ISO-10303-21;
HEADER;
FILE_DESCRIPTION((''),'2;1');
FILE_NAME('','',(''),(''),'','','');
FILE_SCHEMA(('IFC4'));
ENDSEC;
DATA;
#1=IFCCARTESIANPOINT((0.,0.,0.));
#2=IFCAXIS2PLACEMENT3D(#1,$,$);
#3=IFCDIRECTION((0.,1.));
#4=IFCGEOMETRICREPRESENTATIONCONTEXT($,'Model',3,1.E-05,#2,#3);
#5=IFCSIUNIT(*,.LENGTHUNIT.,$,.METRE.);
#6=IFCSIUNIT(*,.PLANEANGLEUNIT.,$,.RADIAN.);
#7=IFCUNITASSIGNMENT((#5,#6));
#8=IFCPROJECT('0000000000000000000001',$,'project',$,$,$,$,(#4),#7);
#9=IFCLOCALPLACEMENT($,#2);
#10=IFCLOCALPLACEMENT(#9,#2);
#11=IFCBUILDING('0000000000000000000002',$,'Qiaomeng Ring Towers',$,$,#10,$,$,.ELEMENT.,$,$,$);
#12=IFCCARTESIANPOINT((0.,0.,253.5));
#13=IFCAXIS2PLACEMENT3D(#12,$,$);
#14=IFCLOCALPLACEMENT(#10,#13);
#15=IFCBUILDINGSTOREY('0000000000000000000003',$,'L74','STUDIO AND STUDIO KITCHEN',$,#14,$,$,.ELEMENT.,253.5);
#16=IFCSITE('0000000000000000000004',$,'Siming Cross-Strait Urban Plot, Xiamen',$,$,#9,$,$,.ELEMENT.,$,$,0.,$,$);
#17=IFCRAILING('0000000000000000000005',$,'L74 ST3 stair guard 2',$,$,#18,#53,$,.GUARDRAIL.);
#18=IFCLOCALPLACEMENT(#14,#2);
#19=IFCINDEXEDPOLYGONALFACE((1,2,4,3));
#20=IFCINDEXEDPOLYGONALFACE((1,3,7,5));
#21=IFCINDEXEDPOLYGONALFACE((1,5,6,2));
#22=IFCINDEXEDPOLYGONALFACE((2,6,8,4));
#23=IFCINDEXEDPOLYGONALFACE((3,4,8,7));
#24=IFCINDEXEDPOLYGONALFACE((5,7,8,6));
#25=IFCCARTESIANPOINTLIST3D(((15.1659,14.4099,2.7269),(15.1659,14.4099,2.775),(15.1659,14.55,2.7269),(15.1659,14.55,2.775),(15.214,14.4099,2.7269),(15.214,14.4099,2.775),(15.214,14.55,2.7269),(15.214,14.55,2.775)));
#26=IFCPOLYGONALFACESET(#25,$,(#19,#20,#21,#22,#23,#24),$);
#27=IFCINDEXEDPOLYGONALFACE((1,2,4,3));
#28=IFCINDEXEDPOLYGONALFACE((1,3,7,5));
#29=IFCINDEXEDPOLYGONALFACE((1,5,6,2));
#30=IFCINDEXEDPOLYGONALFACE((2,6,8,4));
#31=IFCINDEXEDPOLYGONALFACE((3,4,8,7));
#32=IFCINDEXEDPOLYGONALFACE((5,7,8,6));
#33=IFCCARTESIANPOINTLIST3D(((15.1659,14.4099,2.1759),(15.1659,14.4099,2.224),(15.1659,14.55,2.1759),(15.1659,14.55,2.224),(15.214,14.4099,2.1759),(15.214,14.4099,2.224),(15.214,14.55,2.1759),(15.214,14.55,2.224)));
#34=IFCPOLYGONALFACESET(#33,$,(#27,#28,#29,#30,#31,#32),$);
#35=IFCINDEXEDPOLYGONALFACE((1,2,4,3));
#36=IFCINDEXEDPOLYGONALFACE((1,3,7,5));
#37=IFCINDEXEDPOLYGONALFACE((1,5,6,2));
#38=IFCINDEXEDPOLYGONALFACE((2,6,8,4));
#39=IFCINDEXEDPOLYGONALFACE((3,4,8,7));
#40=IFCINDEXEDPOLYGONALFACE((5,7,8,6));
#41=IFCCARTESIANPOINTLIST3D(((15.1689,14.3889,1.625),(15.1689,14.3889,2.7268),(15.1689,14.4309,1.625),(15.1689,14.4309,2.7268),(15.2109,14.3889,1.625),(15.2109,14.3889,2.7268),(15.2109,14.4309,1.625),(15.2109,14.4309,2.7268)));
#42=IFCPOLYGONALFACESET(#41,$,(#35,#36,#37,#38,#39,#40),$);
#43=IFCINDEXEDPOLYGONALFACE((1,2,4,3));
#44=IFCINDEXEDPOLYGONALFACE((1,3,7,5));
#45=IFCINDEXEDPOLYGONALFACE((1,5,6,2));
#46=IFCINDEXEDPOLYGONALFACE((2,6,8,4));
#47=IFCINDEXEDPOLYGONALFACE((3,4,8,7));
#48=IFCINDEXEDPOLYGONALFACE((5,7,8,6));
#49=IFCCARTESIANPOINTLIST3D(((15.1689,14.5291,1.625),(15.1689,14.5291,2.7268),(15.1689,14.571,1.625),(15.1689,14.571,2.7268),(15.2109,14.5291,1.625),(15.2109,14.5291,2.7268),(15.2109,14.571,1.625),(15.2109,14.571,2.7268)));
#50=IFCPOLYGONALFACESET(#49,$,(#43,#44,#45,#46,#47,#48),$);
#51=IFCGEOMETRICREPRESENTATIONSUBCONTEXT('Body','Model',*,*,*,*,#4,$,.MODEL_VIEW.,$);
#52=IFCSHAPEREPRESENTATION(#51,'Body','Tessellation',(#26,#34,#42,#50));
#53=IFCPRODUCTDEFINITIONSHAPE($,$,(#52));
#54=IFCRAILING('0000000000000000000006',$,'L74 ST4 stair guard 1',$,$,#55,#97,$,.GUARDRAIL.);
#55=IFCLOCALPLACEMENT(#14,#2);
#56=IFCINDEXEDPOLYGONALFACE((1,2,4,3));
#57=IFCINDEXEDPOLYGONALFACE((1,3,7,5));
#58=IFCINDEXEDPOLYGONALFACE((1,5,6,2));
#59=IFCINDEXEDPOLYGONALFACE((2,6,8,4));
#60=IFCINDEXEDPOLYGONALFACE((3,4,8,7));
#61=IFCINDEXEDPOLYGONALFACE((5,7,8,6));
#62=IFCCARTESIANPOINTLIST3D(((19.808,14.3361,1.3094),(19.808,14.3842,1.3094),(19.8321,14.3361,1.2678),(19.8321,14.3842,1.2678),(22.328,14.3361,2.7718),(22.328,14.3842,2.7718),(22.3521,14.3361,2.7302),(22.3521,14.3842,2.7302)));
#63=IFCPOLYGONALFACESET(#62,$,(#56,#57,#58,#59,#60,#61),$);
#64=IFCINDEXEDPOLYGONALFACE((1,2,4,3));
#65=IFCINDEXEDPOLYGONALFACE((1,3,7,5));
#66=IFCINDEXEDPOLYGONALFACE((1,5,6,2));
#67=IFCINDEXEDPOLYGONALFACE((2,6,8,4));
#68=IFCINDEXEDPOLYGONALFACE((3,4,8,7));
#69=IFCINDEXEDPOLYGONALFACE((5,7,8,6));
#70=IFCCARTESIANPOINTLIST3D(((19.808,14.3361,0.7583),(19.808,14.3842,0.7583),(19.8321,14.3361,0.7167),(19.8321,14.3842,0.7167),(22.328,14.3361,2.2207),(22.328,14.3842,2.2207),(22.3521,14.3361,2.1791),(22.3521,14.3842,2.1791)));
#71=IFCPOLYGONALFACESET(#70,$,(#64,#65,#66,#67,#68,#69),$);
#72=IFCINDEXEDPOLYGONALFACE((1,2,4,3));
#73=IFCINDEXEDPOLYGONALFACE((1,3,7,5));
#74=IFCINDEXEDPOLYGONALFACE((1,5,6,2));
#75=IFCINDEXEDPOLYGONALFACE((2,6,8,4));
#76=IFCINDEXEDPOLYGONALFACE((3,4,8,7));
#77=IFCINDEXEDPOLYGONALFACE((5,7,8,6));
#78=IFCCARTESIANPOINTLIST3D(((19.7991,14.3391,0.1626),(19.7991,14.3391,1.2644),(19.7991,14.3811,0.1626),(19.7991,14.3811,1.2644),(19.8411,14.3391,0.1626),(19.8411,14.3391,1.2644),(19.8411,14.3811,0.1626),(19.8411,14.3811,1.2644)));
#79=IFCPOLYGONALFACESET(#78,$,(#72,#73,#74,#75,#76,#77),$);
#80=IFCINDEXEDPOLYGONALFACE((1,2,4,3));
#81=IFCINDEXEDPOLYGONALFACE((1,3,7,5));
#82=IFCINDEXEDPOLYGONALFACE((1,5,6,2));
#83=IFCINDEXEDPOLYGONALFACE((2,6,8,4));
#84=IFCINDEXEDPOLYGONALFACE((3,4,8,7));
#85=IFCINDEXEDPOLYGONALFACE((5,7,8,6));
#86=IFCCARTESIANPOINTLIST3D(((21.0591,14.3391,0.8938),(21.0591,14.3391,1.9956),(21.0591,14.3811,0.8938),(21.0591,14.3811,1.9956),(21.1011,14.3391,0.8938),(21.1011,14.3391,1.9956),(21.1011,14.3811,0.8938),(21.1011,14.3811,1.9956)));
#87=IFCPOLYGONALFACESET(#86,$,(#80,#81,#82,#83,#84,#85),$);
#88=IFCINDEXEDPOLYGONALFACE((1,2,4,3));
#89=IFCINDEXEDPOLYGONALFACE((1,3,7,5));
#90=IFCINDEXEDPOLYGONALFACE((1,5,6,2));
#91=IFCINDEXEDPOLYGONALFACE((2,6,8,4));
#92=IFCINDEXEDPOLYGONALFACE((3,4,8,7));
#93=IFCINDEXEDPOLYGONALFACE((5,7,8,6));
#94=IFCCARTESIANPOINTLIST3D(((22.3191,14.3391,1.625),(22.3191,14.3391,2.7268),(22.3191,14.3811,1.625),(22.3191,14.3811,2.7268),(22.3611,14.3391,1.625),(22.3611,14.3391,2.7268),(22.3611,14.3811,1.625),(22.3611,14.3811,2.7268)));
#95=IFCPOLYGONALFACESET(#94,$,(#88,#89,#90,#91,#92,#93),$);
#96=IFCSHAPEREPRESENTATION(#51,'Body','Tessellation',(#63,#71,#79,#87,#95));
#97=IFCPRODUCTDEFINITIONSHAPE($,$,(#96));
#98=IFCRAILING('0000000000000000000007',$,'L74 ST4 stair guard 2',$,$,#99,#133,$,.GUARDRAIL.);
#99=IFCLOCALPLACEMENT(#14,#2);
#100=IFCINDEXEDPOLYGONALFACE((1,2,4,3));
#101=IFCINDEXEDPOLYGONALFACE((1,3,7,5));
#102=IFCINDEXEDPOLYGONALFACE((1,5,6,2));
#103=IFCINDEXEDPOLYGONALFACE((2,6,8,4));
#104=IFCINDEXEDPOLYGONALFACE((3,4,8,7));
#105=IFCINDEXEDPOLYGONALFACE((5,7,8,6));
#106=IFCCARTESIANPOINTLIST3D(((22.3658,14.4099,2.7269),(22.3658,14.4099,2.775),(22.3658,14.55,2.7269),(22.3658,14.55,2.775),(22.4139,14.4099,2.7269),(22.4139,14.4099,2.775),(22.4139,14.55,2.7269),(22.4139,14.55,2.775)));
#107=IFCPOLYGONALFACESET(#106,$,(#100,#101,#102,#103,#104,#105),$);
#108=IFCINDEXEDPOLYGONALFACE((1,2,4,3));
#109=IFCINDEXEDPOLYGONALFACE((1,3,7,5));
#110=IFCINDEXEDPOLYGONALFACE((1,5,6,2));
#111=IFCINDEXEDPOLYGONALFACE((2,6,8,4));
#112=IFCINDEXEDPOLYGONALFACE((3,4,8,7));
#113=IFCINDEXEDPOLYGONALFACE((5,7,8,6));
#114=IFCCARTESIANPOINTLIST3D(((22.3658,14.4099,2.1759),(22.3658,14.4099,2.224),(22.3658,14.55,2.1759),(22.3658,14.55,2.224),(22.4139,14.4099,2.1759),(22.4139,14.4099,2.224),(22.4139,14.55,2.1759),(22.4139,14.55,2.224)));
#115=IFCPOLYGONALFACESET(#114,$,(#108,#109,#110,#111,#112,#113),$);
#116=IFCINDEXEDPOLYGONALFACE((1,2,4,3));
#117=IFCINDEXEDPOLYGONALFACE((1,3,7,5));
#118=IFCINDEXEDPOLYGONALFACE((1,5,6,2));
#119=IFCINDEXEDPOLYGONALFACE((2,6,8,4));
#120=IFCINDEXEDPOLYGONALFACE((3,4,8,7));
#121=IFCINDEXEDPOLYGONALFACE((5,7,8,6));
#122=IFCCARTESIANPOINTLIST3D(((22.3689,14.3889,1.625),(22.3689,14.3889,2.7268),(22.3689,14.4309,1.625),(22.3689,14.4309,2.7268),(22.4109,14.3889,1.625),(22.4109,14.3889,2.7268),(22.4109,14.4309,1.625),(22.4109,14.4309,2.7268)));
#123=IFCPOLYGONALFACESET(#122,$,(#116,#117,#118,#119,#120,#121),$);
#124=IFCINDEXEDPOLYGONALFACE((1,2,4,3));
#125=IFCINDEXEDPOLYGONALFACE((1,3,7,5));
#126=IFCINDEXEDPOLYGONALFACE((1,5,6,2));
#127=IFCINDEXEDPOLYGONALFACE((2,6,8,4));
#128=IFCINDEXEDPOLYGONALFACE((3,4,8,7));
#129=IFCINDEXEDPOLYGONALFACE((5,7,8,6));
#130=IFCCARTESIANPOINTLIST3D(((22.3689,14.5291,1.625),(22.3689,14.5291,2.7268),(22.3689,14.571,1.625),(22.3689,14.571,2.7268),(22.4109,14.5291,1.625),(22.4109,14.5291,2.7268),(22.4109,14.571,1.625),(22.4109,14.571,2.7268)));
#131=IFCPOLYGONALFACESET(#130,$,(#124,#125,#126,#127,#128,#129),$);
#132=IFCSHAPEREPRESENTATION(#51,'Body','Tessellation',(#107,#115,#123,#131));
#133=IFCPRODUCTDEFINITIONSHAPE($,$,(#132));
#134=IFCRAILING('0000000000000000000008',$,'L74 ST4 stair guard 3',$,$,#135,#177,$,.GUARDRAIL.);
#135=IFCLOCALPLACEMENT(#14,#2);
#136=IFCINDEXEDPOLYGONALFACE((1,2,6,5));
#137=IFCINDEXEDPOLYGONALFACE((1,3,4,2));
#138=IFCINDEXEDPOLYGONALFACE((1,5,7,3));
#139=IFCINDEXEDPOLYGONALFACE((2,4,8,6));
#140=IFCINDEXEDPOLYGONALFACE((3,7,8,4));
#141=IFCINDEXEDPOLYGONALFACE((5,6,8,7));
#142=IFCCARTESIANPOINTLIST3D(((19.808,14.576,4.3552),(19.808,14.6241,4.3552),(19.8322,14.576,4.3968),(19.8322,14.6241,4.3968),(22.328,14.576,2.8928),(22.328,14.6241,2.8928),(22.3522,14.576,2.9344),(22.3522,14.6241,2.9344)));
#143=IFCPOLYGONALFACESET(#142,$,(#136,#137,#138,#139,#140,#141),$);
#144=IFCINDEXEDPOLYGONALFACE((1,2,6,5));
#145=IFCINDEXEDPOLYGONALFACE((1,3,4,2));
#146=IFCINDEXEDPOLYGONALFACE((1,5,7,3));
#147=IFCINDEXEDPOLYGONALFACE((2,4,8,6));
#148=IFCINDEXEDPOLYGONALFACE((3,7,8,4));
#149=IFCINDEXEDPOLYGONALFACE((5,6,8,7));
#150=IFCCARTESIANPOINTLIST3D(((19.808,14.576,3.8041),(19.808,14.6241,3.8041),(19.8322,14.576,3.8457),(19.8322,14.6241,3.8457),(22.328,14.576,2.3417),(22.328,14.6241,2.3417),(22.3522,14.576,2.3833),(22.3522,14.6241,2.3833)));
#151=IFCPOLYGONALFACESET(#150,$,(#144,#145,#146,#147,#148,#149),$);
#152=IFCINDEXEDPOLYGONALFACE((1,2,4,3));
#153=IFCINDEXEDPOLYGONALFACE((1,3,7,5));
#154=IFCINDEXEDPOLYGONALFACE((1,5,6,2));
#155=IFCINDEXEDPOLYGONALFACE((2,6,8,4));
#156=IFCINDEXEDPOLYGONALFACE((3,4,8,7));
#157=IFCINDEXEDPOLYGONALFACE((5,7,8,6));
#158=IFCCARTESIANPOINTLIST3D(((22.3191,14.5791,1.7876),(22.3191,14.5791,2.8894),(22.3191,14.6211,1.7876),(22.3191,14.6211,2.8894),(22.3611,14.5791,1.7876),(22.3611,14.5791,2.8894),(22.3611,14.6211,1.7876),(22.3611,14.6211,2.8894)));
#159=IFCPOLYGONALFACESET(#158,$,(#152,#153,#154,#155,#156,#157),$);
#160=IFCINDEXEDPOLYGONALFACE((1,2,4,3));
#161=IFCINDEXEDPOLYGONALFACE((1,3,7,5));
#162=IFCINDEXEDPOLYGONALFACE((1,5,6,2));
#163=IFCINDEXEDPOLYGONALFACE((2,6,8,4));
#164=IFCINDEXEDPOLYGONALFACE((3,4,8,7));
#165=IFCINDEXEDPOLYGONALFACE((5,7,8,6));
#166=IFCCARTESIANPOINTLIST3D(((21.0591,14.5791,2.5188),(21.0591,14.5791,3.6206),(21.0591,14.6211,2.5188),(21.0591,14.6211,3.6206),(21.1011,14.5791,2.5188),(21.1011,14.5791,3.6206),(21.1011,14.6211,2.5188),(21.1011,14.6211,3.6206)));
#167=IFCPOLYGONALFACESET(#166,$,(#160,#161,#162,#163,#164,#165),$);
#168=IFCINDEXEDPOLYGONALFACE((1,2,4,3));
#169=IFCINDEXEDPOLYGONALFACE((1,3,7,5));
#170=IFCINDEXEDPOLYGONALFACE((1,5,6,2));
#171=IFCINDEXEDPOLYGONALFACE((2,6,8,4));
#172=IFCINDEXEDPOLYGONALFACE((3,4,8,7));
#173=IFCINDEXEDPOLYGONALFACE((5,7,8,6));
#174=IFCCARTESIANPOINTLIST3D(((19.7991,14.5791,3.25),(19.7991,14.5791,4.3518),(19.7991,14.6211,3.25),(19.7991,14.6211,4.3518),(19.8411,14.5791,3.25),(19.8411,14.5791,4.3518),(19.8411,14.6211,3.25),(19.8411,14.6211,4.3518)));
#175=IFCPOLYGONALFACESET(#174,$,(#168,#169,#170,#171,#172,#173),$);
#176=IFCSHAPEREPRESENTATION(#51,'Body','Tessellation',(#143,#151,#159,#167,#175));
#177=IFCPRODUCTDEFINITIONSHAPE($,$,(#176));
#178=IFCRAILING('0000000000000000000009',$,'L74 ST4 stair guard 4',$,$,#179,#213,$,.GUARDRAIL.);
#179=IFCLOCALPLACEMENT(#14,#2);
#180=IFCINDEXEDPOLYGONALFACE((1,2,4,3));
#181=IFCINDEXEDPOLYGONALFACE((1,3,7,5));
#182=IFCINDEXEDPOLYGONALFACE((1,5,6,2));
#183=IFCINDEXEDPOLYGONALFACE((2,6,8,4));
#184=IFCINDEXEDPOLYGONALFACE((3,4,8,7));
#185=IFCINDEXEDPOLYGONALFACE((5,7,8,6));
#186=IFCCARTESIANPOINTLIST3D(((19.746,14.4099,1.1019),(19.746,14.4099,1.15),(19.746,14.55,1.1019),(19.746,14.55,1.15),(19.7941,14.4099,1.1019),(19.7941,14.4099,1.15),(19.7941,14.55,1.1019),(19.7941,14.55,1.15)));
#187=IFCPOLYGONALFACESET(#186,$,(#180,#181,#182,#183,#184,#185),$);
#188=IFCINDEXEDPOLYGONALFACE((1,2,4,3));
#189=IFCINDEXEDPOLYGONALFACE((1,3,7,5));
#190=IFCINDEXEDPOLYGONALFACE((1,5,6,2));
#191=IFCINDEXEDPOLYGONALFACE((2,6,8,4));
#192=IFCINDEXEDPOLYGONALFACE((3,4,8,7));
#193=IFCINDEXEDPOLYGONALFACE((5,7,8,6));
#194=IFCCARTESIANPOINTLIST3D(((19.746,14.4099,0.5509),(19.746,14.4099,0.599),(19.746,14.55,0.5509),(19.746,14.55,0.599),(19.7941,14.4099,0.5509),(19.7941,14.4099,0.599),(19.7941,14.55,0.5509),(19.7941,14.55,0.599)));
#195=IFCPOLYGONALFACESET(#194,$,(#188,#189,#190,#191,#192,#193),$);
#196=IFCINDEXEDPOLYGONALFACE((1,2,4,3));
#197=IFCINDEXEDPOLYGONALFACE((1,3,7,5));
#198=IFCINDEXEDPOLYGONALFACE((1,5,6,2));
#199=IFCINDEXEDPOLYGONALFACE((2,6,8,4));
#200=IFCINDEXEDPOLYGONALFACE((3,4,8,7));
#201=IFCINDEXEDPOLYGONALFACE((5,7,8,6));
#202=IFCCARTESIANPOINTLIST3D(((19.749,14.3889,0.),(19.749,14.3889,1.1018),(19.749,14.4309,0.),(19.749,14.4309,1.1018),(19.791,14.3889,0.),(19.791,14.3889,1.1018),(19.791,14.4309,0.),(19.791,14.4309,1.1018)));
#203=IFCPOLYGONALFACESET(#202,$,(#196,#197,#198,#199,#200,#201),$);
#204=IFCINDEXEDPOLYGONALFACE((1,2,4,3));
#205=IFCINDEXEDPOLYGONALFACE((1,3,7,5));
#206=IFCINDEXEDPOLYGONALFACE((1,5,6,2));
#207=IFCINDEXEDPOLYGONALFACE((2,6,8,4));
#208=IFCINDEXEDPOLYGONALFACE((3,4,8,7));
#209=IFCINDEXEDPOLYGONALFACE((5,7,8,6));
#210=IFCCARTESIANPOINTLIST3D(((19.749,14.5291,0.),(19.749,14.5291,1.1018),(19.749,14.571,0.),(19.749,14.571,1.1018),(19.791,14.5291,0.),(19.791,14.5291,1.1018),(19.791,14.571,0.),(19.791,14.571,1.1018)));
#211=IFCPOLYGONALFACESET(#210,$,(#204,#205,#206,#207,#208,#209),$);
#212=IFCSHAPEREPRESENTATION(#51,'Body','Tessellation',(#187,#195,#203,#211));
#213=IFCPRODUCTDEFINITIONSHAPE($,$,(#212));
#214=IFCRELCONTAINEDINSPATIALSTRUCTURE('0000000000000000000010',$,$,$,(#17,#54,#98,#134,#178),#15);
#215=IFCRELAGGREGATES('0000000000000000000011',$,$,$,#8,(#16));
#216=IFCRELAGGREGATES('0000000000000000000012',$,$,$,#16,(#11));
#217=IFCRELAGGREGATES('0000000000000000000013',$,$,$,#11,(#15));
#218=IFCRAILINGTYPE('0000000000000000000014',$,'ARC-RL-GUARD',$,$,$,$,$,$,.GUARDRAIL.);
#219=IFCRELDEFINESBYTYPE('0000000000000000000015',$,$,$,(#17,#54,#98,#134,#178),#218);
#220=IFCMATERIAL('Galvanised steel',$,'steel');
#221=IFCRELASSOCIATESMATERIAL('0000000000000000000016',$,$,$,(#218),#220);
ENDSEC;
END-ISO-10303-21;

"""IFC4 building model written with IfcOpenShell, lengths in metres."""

from ifc_helpers import new_model, si_unit, direction, frame, origin, origin_2d, place, context, subcontext, project, spatial, rectangle, extrude, material, type_object, element, save


model = new_model("IFC4")

# Units and contexts
model_context = context("Model", 3, precision=1e-05, world=origin(), true_north=direction((0.0, 1.0)))
body_context = subcontext(model_context, "Body", "Model", "MODEL_VIEW")
ifc_project = project(units=[si_unit("LENGTHUNIT", "METRE"), si_unit("PLANEANGLEUNIT", "RADIAN")], contexts=[model_context])

# Site, building, storey
site_placement = place(None, origin())
site = spatial("IfcSite", under=ifc_project, at=site_placement, Name="Siming Cross-Strait Urban Plot, Xiamen", CompositionType="ELEMENT", RefElevation=0.0)
building_placement = place(site_placement, origin())
building = spatial("IfcBuilding", under=site, at=building_placement, Name="Qiaomeng Ring Towers", CompositionType="ELEMENT")
storey_placement = place(building_placement, frame((0.0, 0.0, 253.5)))
storey = spatial("IfcBuildingStorey", under=building, at=storey_placement, Name="L74", Description="STUDIO AND STUDIO KITCHEN", CompositionType="ELEMENT", Elevation=253.5)

# Shared definitions
ifc_material_1 = material(Name="Galvanised steel", Category="steel")

# Railings
railing_type_1 = type_object("IfcRailingType", Name="ARC-RL-GUARD", PredefinedType="GUARDRAIL", material=ifc_material_1)
railing_1_placement = place(storey_placement, frame((15.1899, 14.4099, 1.625)))
element("IfcRailing", 1, at=railing_1_placement, inside=storey, type_object=railing_type_1, Name="L74 ST3 stair guard 2", PredefinedType="GUARDRAIL", context=body_context, shape_type="SweptSolid", body=[
    extrude(rectangle(XDim=0.0481, YDim=0.0481, at=origin_2d()), frame((0.0, 0.0, 1.126), z_axis=(0.0, 1.0, 0.0), x_axis=(-1.0, 0.0, 0.0)), (0.0, 0.0, 1.0), 0.1401),
    extrude(rectangle(XDim=0.0481, YDim=0.0481, at=origin_2d()), frame((0.0, 0.0, 0.575), z_axis=(0.0, 1.0, 0.0), x_axis=(-1.0, 0.0, 0.0)), (0.0, 0.0, 1.0), 0.1401),
    extrude(rectangle(XDim=0.042, YDim=0.042, at=origin_2d()), origin(), (0.0, 0.0, 1.0), 1.1018),
    extrude(rectangle(XDim=0.042, YDim=0.042, at=origin_2d()), frame((0.0, 0.1401, 0.0)), (0.0, 0.0, 1.0), 1.1018),
])
railing_2_placement = place(storey_placement, frame((19.8201, 14.3601, 0.1626)))
element("IfcRailing", 2, at=railing_2_placement, inside=storey, type_object=railing_type_1, Name="L74 ST4 stair guard 1", PredefinedType="GUARDRAIL", context=body_context, shape_type="SweptSolid", body=[
    extrude(rectangle(XDim=0.0481, YDim=0.0481, at=origin_2d()), frame((0.0, 0.0, 1.126), z_axis=(0.864913, 0.0, 0.501921), x_axis=(0.0, 1.0, 0.0)), (0.0, 0.0, 1.0), 2.9136),
    extrude(rectangle(XDim=0.0481, YDim=0.0481, at=origin_2d()), frame((0.0, 0.0, 0.575), z_axis=(0.864913, 0.0, 0.501921), x_axis=(0.0, 1.0, 0.0)), (0.0, 0.0, 1.0), 2.9136),
    extrude(rectangle(XDim=0.042, YDim=0.042, at=origin_2d()), origin(), (0.0, 0.0, 1.0), 1.1018),
    extrude(rectangle(XDim=0.042, YDim=0.042, at=origin_2d()), frame((1.26, 0.0, 0.7312)), (0.0, 0.0, 1.0), 1.1018),
    extrude(rectangle(XDim=0.042, YDim=0.042, at=origin_2d()), frame((2.52, 0.0, 1.4624)), (0.0, 0.0, 1.0), 1.1018),
])
railing_3_placement = place(storey_placement, frame((22.3899, 14.4099, 1.625)))
element("IfcRailing", 3, at=railing_3_placement, inside=storey, type_object=railing_type_1, Name="L74 ST4 stair guard 2", PredefinedType="GUARDRAIL", context=body_context, shape_type="SweptSolid", body=[
    extrude(rectangle(XDim=0.0481, YDim=0.0481, at=origin_2d()), frame((0.0, 0.0, 1.126), z_axis=(0.0, 1.0, 0.0), x_axis=(-1.0, 0.0, 0.0)), (0.0, 0.0, 1.0), 0.1401),
    extrude(rectangle(XDim=0.0481, YDim=0.0481, at=origin_2d()), frame((0.0, 0.0, 0.575), z_axis=(0.0, 1.0, 0.0), x_axis=(-1.0, 0.0, 0.0)), (0.0, 0.0, 1.0), 0.1401),
    extrude(rectangle(XDim=0.042, YDim=0.042, at=origin_2d()), origin(), (0.0, 0.0, 1.0), 1.1018),
    extrude(rectangle(XDim=0.042, YDim=0.042, at=origin_2d()), frame((0.0, 0.1401, 0.0)), (0.0, 0.0, 1.0), 1.1018),
])
railing_4_placement = place(storey_placement, frame((22.3401, 14.6001, 1.7876)))
element("IfcRailing", 4, at=railing_4_placement, inside=storey, type_object=railing_type_1, Name="L74 ST4 stair guard 3", PredefinedType="GUARDRAIL", context=body_context, shape_type="SweptSolid", body=[
    extrude(rectangle(XDim=0.0481, YDim=0.0481, at=origin_2d()), frame((0.0, 0.0, 1.126), z_axis=(-0.864913, 0.0, 0.501921), x_axis=(0.0, -1.0, 0.0)), (0.0, 0.0, 1.0), 2.9136),
    extrude(rectangle(XDim=0.0481, YDim=0.0481, at=origin_2d()), frame((0.0, 0.0, 0.575), z_axis=(-0.864913, 0.0, 0.501921), x_axis=(0.0, -1.0, 0.0)), (0.0, 0.0, 1.0), 2.9136),
    extrude(rectangle(XDim=0.042, YDim=0.042, at=origin_2d()), origin(), (0.0, 0.0, 1.0), 1.1018),
    extrude(rectangle(XDim=0.042, YDim=0.042, at=origin_2d()), frame((-1.26, 0.0, 0.7312)), (0.0, 0.0, 1.0), 1.1018),
    extrude(rectangle(XDim=0.042, YDim=0.042, at=origin_2d()), frame((-2.52, 0.0, 1.4624)), (0.0, 0.0, 1.0), 1.1018),
])
railing_5_placement = place(storey_placement, frame((19.77, 14.4099, 0.0)))
element("IfcRailing", 5, at=railing_5_placement, inside=storey, type_object=railing_type_1, Name="L74 ST4 stair guard 4", PredefinedType="GUARDRAIL", context=body_context, shape_type="SweptSolid", body=[
    extrude(rectangle(XDim=0.0481, YDim=0.0481, at=origin_2d()), frame((0.0, 0.0, 1.126), z_axis=(0.0, 1.0, 0.0), x_axis=(-1.0, 0.0, 0.0)), (0.0, 0.0, 1.0), 0.1401),
    extrude(rectangle(XDim=0.0481, YDim=0.0481, at=origin_2d()), frame((0.0, 0.0, 0.575), z_axis=(0.0, 1.0, 0.0), x_axis=(-1.0, 0.0, 0.0)), (0.0, 0.0, 1.0), 0.1401),
    extrude(rectangle(XDim=0.042, YDim=0.042, at=origin_2d()), origin(), (0.0, 0.0, 1.0), 1.1018),
    extrude(rectangle(XDim=0.042, YDim=0.042, at=origin_2d()), frame((0.0, 0.1401, 0.0)), (0.0, 0.0, 1.0), 1.1018),
])

save(model, "model.ifc")
